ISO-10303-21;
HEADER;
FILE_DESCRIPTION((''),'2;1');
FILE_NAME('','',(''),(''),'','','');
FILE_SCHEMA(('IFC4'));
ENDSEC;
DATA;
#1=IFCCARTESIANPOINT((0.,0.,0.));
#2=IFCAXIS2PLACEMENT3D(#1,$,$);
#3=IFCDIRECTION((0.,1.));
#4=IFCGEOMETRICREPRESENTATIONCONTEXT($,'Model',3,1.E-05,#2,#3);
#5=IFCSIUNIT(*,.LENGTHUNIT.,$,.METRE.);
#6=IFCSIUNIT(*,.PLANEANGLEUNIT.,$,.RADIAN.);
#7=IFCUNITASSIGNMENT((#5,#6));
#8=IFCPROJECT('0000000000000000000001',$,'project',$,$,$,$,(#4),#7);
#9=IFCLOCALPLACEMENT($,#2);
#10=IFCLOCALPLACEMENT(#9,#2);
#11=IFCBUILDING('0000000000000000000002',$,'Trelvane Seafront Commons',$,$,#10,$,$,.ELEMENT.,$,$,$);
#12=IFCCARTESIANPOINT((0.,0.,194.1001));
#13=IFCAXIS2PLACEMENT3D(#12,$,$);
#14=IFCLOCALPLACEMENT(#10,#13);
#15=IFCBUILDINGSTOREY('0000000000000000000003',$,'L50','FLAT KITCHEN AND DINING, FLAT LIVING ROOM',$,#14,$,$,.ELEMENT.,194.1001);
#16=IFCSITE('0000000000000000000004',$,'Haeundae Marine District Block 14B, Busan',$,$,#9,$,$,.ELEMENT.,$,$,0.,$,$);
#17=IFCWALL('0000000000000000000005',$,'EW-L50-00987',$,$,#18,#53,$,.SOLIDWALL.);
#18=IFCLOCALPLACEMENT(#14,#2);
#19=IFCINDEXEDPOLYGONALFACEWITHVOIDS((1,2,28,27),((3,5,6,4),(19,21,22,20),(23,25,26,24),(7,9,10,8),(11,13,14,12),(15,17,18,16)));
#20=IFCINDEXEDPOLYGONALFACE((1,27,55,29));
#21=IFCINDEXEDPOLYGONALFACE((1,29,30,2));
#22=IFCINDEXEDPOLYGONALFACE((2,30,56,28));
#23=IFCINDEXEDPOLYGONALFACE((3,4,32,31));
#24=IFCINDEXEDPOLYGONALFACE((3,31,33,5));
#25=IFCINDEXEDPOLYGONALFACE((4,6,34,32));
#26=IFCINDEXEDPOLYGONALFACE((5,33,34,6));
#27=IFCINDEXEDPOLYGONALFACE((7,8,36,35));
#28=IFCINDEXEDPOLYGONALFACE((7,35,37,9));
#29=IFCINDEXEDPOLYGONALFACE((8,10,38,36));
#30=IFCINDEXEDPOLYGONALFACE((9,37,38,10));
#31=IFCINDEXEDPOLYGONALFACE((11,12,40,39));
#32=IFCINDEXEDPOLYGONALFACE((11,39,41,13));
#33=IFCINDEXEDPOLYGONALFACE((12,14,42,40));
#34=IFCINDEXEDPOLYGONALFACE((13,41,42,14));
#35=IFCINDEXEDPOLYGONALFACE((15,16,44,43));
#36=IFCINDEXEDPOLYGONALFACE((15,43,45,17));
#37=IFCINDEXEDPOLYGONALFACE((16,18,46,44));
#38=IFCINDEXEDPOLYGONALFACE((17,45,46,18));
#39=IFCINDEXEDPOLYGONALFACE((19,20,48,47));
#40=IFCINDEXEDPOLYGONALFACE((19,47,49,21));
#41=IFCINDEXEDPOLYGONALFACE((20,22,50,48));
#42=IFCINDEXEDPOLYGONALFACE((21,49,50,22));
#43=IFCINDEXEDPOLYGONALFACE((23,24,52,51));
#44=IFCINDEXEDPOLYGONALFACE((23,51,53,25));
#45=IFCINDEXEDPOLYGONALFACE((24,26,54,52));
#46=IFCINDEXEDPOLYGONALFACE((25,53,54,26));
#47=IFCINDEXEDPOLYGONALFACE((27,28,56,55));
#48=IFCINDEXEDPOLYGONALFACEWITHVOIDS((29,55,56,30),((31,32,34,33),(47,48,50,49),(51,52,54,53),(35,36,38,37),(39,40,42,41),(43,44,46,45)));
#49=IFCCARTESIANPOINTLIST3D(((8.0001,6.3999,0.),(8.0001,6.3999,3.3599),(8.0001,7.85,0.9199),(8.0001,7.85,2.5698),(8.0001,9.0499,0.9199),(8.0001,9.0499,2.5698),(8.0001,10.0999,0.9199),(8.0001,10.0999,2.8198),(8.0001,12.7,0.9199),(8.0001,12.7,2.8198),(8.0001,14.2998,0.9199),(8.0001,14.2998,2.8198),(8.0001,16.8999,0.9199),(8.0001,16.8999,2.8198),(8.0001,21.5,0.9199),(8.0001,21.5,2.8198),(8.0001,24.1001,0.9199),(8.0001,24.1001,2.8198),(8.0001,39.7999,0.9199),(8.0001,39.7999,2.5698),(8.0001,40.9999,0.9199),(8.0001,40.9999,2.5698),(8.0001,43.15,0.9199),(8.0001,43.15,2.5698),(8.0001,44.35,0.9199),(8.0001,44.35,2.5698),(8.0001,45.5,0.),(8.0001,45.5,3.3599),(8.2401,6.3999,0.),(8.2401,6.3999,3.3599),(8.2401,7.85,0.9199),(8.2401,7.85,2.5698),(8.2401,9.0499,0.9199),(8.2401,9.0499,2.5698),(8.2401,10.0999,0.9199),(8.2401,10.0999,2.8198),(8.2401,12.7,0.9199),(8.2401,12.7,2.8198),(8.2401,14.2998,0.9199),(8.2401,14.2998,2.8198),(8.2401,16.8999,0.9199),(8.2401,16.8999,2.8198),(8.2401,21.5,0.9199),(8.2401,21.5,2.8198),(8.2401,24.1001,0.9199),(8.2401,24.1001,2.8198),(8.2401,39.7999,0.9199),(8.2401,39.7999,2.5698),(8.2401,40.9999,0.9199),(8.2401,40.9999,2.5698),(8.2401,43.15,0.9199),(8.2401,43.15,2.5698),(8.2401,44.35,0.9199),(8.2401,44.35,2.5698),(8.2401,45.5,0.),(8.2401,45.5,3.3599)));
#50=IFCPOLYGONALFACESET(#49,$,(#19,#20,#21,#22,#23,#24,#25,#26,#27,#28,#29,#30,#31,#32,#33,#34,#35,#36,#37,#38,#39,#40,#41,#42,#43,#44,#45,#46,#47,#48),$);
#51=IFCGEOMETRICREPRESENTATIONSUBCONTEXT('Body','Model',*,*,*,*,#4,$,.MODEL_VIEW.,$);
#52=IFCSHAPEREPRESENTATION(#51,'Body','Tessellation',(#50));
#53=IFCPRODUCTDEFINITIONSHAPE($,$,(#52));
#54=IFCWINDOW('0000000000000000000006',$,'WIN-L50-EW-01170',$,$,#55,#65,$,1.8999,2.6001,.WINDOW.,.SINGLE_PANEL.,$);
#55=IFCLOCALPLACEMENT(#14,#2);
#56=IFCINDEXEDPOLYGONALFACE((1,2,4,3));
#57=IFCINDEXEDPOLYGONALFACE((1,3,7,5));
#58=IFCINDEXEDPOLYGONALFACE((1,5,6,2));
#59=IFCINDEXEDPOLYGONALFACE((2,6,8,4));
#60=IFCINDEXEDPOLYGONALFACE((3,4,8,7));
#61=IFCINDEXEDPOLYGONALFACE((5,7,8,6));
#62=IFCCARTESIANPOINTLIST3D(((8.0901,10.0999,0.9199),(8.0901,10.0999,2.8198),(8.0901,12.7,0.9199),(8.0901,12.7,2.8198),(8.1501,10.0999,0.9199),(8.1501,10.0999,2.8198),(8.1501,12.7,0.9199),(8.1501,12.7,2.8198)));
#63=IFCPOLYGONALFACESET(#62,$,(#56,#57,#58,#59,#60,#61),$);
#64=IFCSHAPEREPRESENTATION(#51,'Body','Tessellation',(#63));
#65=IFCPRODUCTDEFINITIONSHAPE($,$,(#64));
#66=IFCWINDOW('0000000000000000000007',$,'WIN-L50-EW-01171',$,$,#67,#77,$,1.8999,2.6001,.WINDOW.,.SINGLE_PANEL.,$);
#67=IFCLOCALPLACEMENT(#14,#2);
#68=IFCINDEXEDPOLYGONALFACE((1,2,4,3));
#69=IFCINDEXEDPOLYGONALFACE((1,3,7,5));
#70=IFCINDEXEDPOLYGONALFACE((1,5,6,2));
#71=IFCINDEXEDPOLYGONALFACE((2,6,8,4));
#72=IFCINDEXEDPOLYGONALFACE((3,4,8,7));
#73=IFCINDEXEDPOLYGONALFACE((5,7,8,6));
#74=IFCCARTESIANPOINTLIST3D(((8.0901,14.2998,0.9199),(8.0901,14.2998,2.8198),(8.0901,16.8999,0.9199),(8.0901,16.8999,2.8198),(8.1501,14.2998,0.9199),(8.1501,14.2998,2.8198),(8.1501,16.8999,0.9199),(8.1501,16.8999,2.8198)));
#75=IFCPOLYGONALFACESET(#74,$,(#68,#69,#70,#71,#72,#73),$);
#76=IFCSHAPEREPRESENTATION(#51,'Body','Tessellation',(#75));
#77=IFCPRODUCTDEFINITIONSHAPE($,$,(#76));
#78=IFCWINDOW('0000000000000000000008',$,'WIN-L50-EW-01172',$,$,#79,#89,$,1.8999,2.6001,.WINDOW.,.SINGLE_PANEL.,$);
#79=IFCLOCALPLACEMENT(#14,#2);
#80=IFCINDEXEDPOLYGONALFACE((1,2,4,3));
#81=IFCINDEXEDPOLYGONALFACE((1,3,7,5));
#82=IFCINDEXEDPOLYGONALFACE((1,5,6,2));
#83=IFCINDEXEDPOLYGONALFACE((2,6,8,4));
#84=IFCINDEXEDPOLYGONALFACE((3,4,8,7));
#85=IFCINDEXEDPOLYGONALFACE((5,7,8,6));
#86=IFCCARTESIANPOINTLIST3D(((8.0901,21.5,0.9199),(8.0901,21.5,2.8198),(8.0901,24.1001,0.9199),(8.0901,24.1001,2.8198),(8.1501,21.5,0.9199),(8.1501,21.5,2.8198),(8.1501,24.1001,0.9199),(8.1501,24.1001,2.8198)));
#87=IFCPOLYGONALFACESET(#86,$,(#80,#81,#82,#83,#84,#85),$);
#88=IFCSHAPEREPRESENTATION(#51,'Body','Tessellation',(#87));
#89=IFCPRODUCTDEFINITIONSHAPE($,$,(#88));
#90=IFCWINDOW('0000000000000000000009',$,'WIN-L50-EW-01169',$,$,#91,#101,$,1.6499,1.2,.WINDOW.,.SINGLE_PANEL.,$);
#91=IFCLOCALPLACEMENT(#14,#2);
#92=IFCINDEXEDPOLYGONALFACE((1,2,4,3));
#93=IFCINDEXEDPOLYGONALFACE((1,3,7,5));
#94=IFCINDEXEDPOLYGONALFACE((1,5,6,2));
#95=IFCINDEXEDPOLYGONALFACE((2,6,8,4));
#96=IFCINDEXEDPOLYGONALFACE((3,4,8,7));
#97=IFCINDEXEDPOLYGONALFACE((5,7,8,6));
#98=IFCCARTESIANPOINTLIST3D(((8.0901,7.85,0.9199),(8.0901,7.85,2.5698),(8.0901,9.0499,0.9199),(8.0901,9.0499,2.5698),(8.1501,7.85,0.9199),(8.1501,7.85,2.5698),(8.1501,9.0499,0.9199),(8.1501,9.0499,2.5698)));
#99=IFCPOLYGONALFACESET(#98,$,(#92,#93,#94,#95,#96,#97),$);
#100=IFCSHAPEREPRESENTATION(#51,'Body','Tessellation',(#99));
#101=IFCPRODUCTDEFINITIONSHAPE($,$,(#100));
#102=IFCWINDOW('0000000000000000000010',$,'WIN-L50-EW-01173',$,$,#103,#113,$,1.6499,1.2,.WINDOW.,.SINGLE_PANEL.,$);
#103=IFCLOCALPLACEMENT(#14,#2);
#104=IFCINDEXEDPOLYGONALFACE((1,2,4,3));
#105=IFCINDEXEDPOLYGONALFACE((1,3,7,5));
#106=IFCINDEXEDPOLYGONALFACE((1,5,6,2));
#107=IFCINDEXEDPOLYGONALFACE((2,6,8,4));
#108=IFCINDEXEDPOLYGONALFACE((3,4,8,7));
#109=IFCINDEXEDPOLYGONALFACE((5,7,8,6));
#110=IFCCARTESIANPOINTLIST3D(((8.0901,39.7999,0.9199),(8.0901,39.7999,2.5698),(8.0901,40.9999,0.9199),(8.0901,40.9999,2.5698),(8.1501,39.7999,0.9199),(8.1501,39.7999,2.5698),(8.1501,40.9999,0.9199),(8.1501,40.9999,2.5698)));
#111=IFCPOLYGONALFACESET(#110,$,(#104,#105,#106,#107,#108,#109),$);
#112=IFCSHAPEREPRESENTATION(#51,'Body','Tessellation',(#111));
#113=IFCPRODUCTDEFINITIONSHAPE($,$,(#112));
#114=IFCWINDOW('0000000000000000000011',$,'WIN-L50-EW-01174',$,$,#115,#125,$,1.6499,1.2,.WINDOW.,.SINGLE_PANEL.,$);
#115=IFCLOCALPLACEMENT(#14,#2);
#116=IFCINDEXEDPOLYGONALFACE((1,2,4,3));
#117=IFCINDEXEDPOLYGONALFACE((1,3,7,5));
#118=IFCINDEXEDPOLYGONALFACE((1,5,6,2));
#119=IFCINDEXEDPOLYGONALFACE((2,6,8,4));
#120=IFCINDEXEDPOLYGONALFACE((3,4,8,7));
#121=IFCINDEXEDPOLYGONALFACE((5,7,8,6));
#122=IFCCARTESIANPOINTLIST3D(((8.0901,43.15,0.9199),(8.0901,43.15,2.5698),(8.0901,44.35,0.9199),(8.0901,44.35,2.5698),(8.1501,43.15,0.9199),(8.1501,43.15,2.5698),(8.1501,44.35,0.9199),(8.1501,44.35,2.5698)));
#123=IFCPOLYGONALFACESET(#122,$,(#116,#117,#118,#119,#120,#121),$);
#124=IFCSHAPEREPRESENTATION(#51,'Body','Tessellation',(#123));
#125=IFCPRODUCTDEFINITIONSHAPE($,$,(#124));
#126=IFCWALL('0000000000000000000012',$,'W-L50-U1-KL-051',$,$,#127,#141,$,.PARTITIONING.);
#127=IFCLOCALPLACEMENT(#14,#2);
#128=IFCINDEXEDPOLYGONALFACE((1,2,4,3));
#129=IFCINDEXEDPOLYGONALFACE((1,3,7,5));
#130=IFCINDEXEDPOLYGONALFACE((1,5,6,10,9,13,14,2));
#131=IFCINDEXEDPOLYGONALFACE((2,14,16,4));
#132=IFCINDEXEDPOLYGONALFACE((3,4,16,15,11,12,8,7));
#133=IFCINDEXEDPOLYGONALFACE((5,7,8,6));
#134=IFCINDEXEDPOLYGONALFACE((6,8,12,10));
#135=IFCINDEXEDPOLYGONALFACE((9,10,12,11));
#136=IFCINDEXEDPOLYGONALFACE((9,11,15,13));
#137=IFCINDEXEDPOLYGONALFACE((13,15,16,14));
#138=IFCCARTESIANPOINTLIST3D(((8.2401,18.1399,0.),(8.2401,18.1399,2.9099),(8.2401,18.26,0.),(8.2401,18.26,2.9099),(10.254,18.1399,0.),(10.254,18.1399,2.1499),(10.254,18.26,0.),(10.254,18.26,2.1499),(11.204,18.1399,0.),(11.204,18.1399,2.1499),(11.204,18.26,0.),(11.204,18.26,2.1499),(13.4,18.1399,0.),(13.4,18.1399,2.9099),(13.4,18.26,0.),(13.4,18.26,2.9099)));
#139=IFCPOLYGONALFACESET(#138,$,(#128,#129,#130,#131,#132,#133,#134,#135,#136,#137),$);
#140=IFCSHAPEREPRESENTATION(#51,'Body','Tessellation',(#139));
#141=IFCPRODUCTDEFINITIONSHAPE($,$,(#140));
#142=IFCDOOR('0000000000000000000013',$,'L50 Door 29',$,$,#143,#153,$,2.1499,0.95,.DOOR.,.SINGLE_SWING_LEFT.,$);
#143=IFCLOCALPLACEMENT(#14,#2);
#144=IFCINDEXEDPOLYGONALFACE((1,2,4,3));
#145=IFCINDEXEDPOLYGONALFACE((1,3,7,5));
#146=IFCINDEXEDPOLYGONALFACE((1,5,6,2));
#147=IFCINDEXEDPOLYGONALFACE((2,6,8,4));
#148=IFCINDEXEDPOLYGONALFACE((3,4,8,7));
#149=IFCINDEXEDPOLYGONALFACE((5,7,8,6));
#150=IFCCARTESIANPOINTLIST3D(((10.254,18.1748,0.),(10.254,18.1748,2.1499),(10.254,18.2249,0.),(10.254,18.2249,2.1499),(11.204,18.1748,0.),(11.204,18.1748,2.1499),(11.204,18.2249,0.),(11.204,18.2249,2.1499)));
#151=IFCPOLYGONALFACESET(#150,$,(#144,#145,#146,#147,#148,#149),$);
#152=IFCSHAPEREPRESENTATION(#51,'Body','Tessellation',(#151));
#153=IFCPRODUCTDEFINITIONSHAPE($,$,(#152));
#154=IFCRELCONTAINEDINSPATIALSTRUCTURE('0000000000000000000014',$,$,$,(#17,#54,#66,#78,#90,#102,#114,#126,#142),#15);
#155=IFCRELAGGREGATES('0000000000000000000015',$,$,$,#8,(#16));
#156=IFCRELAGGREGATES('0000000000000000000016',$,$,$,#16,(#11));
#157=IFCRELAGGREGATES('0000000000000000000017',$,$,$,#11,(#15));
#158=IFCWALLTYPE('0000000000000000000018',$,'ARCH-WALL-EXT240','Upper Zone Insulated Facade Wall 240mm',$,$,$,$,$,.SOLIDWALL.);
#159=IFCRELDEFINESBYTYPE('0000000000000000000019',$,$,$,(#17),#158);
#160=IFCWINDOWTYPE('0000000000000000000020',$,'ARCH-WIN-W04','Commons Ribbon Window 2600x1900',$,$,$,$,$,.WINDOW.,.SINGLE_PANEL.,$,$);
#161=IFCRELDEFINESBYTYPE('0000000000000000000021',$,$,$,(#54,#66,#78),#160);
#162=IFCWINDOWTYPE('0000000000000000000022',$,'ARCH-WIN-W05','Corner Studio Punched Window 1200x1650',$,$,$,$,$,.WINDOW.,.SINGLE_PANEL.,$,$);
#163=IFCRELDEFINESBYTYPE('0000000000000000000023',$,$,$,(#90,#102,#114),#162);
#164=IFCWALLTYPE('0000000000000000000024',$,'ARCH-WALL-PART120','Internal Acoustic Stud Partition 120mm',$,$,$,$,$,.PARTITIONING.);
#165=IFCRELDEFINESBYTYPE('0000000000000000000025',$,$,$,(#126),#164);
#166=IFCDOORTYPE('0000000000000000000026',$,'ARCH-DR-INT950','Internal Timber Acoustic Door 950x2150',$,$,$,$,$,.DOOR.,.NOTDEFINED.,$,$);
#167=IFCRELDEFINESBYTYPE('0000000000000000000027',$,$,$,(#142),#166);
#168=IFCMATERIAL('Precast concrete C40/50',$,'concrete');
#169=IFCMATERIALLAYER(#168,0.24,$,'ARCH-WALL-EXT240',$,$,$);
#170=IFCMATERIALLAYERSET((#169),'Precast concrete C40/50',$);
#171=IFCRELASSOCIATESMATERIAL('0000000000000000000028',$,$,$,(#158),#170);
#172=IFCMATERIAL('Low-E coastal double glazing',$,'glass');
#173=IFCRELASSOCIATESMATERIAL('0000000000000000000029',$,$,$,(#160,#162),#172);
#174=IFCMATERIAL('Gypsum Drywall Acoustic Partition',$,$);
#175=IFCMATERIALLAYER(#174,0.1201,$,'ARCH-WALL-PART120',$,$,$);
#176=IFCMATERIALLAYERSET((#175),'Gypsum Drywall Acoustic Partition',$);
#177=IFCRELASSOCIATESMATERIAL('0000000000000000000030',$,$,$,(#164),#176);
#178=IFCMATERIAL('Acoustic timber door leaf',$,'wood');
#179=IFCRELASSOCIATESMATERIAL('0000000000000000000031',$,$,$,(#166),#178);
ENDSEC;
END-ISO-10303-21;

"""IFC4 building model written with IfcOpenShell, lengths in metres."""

from ifc_helpers import new_model, si_unit, direction, frame, frame_2d, origin, place, context, subcontext, project, spatial, rectangle, extrude, source, transform, mapped, material, layer, layer_set, type_object, element, fill, save


model = new_model("IFC4")

# Units and contexts
model_context = context("Model", 3, precision=1e-05, world=origin(), true_north=direction((0.0, 1.0)))
body_context = subcontext(model_context, "Body", "Model", "MODEL_VIEW")
ifc_project = project(units=[si_unit("LENGTHUNIT", "METRE"), si_unit("PLANEANGLEUNIT", "RADIAN")], contexts=[model_context])

# Site, building, storey
site_placement = place(None, origin())
site = spatial("IfcSite", under=ifc_project, at=site_placement, Name="Haeundae Marine District Block 14B, Busan", CompositionType="ELEMENT", RefElevation=0.0)
building_placement = place(site_placement, origin())
building = spatial("IfcBuilding", under=site, at=building_placement, Name="Trelvane Seafront Commons", CompositionType="ELEMENT")
storey_placement = place(building_placement, frame((0.0, 0.0, 194.1001)))
storey = spatial("IfcBuildingStorey", under=building, at=storey_placement, Name="L50", Description="FLAT KITCHEN AND DINING, FLAT LIVING ROOM", CompositionType="ELEMENT", Elevation=194.1001)

# Shared definitions
ifc_material_1 = material(Name="Precast concrete C40/50", Category="concrete")
ifc_layer_1 = layer(ifc_material_1, 0.24, Name="ARCH-WALL-EXT240")
ifc_layer_set_1 = layer_set([ifc_layer_1], Name="Precast concrete C40/50")
wall_type_1 = type_object("IfcWallType", Name="ARCH-WALL-EXT240", Description="Upper Zone Insulated Facade Wall 240mm", PredefinedType="SOLIDWALL", material=ifc_layer_set_1)

# Wall, openings, windows
wall_1_placement = place(storey_placement, frame((8.1201, 6.3999, 0.0), z_axis=(0.0, 0.0, 1.0), x_axis=(0.0, 1.0, 0.0)))
wall_1 = element("IfcWall", 1, at=wall_1_placement, inside=storey, type_object=wall_type_1, Name="EW-L50-00987", PredefinedType="SOLIDWALL", context=body_context, shape_type="SweptSolid", body=[
    extrude(rectangle(XDim=39.1001, YDim=0.24, at=frame_2d((19.55, 0.0))), origin(), (0.0, 0.0, 1.0), 3.3599),
])
opening_1_placement = place(wall_1_placement, frame((1.45, 0.0, 0.9199)))
opening_1 = element("IfcOpeningElement", 2, at=opening_1_placement, cuts=wall_1, PredefinedType="OPENING", context=body_context, shape_type="SweptSolid", body=[
    extrude(rectangle(XDim=1.2, YDim=1.6499, at=frame_2d((0.6001, 0.825))), frame((0.0, 0.1299, 0.0), z_axis=(0.0, -1.0, 0.0), x_axis=(1.0, 0.0, 0.0)), (0.0, 0.0, 1.0), 0.26),
])
opening_2_placement = place(wall_1_placement, frame((3.7, 0.0, 0.9199)))
opening_2 = element("IfcOpeningElement", 3, at=opening_2_placement, cuts=wall_1, PredefinedType="OPENING", context=body_context, shape_type="SweptSolid", body=[
    extrude(rectangle(XDim=2.6001, YDim=1.8999, at=frame_2d((1.3, 0.95))), frame((0.0, 0.1299, 0.0), z_axis=(0.0, -1.0, 0.0), x_axis=(1.0, 0.0, 0.0)), (0.0, 0.0, 1.0), 0.26),
])
opening_3_placement = place(wall_1_placement, frame((7.8999, 0.0, 0.9199)))
opening_3 = element("IfcOpeningElement", 4, at=opening_3_placement, cuts=wall_1, PredefinedType="OPENING", context=body_context, shape_type="SweptSolid", body=[
    extrude(rectangle(XDim=2.6001, YDim=1.8999, at=frame_2d((1.3, 0.95))), frame((0.0, 0.1299, 0.0), z_axis=(0.0, -1.0, 0.0), x_axis=(1.0, 0.0, 0.0)), (0.0, 0.0, 1.0), 0.26),
])
opening_4_placement = place(wall_1_placement, frame((15.1001, 0.0, 0.9199)))
opening_4 = element("IfcOpeningElement", 5, at=opening_4_placement, cuts=wall_1, PredefinedType="OPENING", context=body_context, shape_type="SweptSolid", body=[
    extrude(rectangle(XDim=2.6001, YDim=1.8999, at=frame_2d((1.3, 0.95))), frame((0.0, 0.1299, 0.0), z_axis=(0.0, -1.0, 0.0), x_axis=(1.0, 0.0, 0.0)), (0.0, 0.0, 1.0), 0.26),
])
opening_5_placement = place(wall_1_placement, frame((33.3999, 0.0, 0.9199)))
opening_5 = element("IfcOpeningElement", 6, at=opening_5_placement, cuts=wall_1, PredefinedType="OPENING", context=body_context, shape_type="SweptSolid", body=[
    extrude(rectangle(XDim=1.2, YDim=1.6499, at=frame_2d((0.6001, 0.825))), frame((0.0, 0.1299, 0.0), z_axis=(0.0, -1.0, 0.0), x_axis=(1.0, 0.0, 0.0)), (0.0, 0.0, 1.0), 0.26),
])
opening_6_placement = place(wall_1_placement, frame((36.75, 0.0, 0.9199)))
opening_6 = element("IfcOpeningElement", 7, at=opening_6_placement, cuts=wall_1, PredefinedType="OPENING", context=body_context, shape_type="SweptSolid", body=[
    extrude(rectangle(XDim=1.2, YDim=1.6499, at=frame_2d((0.6001, 0.825))), frame((0.0, 0.1299, 0.0), z_axis=(0.0, -1.0, 0.0), x_axis=(1.0, 0.0, 0.0)), (0.0, 0.0, 1.0), 0.26),
])
ifc_material_2 = material(Name="Low-E coastal double glazing", Category="glass")
window_type_1 = type_object("IfcWindowType", Name="ARCH-WIN-W04", Description="Commons Ribbon Window 2600x1900", PartitioningType="SINGLE_PANEL", PredefinedType="WINDOW", material=ifc_material_2)
shared_shape_1 = source(origin(), body_context, "Body", "SweptSolid", [
    extrude(rectangle(XDim=2.6001, YDim=1.8999, at=frame_2d((1.3, 0.95))), frame((0.0, 0.03, 0.0), z_axis=(0.0, -1.0, 0.0), x_axis=(1.0, 0.0, 0.0)), (0.0, 0.0, 1.0), 0.0601),
])
window_1_placement = place(opening_2_placement, origin())
window_1 = element("IfcWindow", 8, at=window_1_placement, inside=storey, type_object=window_type_1, Name="WIN-L50-EW-01170", OverallHeight=1.8999, OverallWidth=2.6001, PartitioningType="SINGLE_PANEL", PredefinedType="WINDOW", context=body_context, shape_type="MappedRepresentation", body=[
    mapped(shared_shape_1, transform((0.0, 0.0, 0.0), x_axis=(1.0, 0.0, 0.0), y_axis=(0.0, 1.0, 0.0), z_axis=(0.0, 0.0, 1.0), scale=1.0)),
])
fill(opening_2, window_1)
window_2_placement = place(opening_3_placement, origin())
window_2 = element("IfcWindow", 9, at=window_2_placement, inside=storey, type_object=window_type_1, Name="WIN-L50-EW-01171", OverallHeight=1.8999, OverallWidth=2.6001, PartitioningType="SINGLE_PANEL", PredefinedType="WINDOW", context=body_context, shape_type="MappedRepresentation", body=[
    mapped(shared_shape_1, transform((0.0, 0.0, 0.0), x_axis=(1.0, 0.0, 0.0), y_axis=(0.0, 1.0, 0.0), z_axis=(0.0, 0.0, 1.0), scale=1.0)),
])
fill(opening_3, window_2)
window_3_placement = place(opening_4_placement, origin())
window_3 = element("IfcWindow", 10, at=window_3_placement, inside=storey, type_object=window_type_1, Name="WIN-L50-EW-01172", OverallHeight=1.8999, OverallWidth=2.6001, PartitioningType="SINGLE_PANEL", PredefinedType="WINDOW", context=body_context, shape_type="MappedRepresentation", body=[
    mapped(shared_shape_1, transform((0.0, 0.0, 0.0), x_axis=(1.0, 0.0, 0.0), y_axis=(0.0, 1.0, 0.0), z_axis=(0.0, 0.0, 1.0), scale=1.0)),
])
fill(opening_4, window_3)
window_type_2 = type_object("IfcWindowType", Name="ARCH-WIN-W05", Description="Corner Studio Punched Window 1200x1650", PartitioningType="SINGLE_PANEL", PredefinedType="WINDOW", material=ifc_material_2)
shared_shape_2 = source(origin(), body_context, "Body", "SweptSolid", [
    extrude(rectangle(XDim=1.2, YDim=1.6499, at=frame_2d((0.6001, 0.825))), frame((0.0, 0.03, 0.0), z_axis=(0.0, -1.0, 0.0), x_axis=(1.0, 0.0, 0.0)), (0.0, 0.0, 1.0), 0.0601),
])
window_4_placement = place(opening_1_placement, origin())
window_4 = element("IfcWindow", 11, at=window_4_placement, inside=storey, type_object=window_type_2, Name="WIN-L50-EW-01169", OverallHeight=1.6499, OverallWidth=1.2, PartitioningType="SINGLE_PANEL", PredefinedType="WINDOW", context=body_context, shape_type="MappedRepresentation", body=[
    mapped(shared_shape_2, transform((0.0, 0.0, 0.0), x_axis=(1.0, 0.0, 0.0), y_axis=(0.0, 1.0, 0.0), z_axis=(0.0, 0.0, 1.0), scale=1.0)),
])
fill(opening_1, window_4)
window_5_placement = place(opening_5_placement, origin())
window_5 = element("IfcWindow", 12, at=window_5_placement, inside=storey, type_object=window_type_2, Name="WIN-L50-EW-01173", OverallHeight=1.6499, OverallWidth=1.2, PartitioningType="SINGLE_PANEL", PredefinedType="WINDOW", context=body_context, shape_type="MappedRepresentation", body=[
    mapped(shared_shape_2, transform((0.0, 0.0, 0.0), x_axis=(1.0, 0.0, 0.0), y_axis=(0.0, 1.0, 0.0), z_axis=(0.0, 0.0, 1.0), scale=1.0)),
])
fill(opening_5, window_5)
window_6_placement = place(opening_6_placement, origin())
window_6 = element("IfcWindow", 13, at=window_6_placement, inside=storey, type_object=window_type_2, Name="WIN-L50-EW-01174", OverallHeight=1.6499, OverallWidth=1.2, PartitioningType="SINGLE_PANEL", PredefinedType="WINDOW", context=body_context, shape_type="MappedRepresentation", body=[
    mapped(shared_shape_2, transform((0.0, 0.0, 0.0), x_axis=(1.0, 0.0, 0.0), y_axis=(0.0, 1.0, 0.0), z_axis=(0.0, 0.0, 1.0), scale=1.0)),
])
fill(opening_6, window_6)

# Wall, opening, door
ifc_material_3 = material(Name="Gypsum Drywall Acoustic Partition")
ifc_layer_2 = layer(ifc_material_3, 0.1201, Name="ARCH-WALL-PART120")
ifc_layer_set_2 = layer_set([ifc_layer_2], Name="Gypsum Drywall Acoustic Partition")
wall_type_2 = type_object("IfcWallType", Name="ARCH-WALL-PART120", Description="Internal Acoustic Stud Partition 120mm", PredefinedType="PARTITIONING", material=ifc_layer_set_2)
wall_2_placement = place(storey_placement, frame((8.24, 18.2, 0.0), z_axis=(0.0, 0.0, 1.0), x_axis=(1.0, 0.0, 0.0)))
wall_2 = element("IfcWall", 14, at=wall_2_placement, inside=storey, type_object=wall_type_2, Name="W-L50-U1-KL-051", PredefinedType="PARTITIONING", context=body_context, shape_type="SweptSolid", body=[
    extrude(rectangle(XDim=5.1599, YDim=0.1201, at=frame_2d((2.5801, 0.0))), origin(), (0.0, 0.0, 1.0), 2.9099),
])
opening_7_placement = place(wall_2_placement, frame((2.0139, 0.0, 0.0)))
opening_7 = element("IfcOpeningElement", 15, at=opening_7_placement, cuts=wall_2, PredefinedType="OPENING", context=body_context, shape_type="SweptSolid", body=[
    extrude(rectangle(XDim=0.95, YDim=2.1499, at=frame_2d((0.4751, 1.075))), frame((0.0, 0.0701, 0.0), z_axis=(0.0, -1.0, 0.0), x_axis=(1.0, 0.0, 0.0)), (0.0, 0.0, 1.0), 0.1401),
])
ifc_material_4 = material(Name="Acoustic timber door leaf", Category="wood")
door_type = type_object("IfcDoorType", Name="ARCH-DR-INT950", Description="Internal Timber Acoustic Door 950x2150", OperationType="NOTDEFINED", PredefinedType="DOOR", material=ifc_material_4)
shared_shape_3 = source(origin(), body_context, "Body", "SweptSolid", [
    extrude(rectangle(XDim=0.95, YDim=2.1499, at=frame_2d((0.4751, 1.075))), frame((0.0, 0.0249, 0.0), z_axis=(0.0, -1.0, 0.0), x_axis=(1.0, 0.0, 0.0)), (0.0, 0.0, 1.0), 0.05),
])
door_1_placement = place(opening_7_placement, origin())
door_1 = element("IfcDoor", 16, at=door_1_placement, inside=storey, type_object=door_type, Name="L50 Door 29", OperationType="SINGLE_SWING_LEFT", OverallHeight=2.1499, OverallWidth=0.95, PredefinedType="DOOR", context=body_context, shape_type="MappedRepresentation", body=[
    mapped(shared_shape_3, transform((0.0, 0.0, 0.0), x_axis=(1.0, 0.0, 0.0), y_axis=(0.0, 1.0, 0.0), z_axis=(0.0, 0.0, 1.0), scale=1.0)),
])
fill(opening_7, door_1)

save(model, "model.ifc")
